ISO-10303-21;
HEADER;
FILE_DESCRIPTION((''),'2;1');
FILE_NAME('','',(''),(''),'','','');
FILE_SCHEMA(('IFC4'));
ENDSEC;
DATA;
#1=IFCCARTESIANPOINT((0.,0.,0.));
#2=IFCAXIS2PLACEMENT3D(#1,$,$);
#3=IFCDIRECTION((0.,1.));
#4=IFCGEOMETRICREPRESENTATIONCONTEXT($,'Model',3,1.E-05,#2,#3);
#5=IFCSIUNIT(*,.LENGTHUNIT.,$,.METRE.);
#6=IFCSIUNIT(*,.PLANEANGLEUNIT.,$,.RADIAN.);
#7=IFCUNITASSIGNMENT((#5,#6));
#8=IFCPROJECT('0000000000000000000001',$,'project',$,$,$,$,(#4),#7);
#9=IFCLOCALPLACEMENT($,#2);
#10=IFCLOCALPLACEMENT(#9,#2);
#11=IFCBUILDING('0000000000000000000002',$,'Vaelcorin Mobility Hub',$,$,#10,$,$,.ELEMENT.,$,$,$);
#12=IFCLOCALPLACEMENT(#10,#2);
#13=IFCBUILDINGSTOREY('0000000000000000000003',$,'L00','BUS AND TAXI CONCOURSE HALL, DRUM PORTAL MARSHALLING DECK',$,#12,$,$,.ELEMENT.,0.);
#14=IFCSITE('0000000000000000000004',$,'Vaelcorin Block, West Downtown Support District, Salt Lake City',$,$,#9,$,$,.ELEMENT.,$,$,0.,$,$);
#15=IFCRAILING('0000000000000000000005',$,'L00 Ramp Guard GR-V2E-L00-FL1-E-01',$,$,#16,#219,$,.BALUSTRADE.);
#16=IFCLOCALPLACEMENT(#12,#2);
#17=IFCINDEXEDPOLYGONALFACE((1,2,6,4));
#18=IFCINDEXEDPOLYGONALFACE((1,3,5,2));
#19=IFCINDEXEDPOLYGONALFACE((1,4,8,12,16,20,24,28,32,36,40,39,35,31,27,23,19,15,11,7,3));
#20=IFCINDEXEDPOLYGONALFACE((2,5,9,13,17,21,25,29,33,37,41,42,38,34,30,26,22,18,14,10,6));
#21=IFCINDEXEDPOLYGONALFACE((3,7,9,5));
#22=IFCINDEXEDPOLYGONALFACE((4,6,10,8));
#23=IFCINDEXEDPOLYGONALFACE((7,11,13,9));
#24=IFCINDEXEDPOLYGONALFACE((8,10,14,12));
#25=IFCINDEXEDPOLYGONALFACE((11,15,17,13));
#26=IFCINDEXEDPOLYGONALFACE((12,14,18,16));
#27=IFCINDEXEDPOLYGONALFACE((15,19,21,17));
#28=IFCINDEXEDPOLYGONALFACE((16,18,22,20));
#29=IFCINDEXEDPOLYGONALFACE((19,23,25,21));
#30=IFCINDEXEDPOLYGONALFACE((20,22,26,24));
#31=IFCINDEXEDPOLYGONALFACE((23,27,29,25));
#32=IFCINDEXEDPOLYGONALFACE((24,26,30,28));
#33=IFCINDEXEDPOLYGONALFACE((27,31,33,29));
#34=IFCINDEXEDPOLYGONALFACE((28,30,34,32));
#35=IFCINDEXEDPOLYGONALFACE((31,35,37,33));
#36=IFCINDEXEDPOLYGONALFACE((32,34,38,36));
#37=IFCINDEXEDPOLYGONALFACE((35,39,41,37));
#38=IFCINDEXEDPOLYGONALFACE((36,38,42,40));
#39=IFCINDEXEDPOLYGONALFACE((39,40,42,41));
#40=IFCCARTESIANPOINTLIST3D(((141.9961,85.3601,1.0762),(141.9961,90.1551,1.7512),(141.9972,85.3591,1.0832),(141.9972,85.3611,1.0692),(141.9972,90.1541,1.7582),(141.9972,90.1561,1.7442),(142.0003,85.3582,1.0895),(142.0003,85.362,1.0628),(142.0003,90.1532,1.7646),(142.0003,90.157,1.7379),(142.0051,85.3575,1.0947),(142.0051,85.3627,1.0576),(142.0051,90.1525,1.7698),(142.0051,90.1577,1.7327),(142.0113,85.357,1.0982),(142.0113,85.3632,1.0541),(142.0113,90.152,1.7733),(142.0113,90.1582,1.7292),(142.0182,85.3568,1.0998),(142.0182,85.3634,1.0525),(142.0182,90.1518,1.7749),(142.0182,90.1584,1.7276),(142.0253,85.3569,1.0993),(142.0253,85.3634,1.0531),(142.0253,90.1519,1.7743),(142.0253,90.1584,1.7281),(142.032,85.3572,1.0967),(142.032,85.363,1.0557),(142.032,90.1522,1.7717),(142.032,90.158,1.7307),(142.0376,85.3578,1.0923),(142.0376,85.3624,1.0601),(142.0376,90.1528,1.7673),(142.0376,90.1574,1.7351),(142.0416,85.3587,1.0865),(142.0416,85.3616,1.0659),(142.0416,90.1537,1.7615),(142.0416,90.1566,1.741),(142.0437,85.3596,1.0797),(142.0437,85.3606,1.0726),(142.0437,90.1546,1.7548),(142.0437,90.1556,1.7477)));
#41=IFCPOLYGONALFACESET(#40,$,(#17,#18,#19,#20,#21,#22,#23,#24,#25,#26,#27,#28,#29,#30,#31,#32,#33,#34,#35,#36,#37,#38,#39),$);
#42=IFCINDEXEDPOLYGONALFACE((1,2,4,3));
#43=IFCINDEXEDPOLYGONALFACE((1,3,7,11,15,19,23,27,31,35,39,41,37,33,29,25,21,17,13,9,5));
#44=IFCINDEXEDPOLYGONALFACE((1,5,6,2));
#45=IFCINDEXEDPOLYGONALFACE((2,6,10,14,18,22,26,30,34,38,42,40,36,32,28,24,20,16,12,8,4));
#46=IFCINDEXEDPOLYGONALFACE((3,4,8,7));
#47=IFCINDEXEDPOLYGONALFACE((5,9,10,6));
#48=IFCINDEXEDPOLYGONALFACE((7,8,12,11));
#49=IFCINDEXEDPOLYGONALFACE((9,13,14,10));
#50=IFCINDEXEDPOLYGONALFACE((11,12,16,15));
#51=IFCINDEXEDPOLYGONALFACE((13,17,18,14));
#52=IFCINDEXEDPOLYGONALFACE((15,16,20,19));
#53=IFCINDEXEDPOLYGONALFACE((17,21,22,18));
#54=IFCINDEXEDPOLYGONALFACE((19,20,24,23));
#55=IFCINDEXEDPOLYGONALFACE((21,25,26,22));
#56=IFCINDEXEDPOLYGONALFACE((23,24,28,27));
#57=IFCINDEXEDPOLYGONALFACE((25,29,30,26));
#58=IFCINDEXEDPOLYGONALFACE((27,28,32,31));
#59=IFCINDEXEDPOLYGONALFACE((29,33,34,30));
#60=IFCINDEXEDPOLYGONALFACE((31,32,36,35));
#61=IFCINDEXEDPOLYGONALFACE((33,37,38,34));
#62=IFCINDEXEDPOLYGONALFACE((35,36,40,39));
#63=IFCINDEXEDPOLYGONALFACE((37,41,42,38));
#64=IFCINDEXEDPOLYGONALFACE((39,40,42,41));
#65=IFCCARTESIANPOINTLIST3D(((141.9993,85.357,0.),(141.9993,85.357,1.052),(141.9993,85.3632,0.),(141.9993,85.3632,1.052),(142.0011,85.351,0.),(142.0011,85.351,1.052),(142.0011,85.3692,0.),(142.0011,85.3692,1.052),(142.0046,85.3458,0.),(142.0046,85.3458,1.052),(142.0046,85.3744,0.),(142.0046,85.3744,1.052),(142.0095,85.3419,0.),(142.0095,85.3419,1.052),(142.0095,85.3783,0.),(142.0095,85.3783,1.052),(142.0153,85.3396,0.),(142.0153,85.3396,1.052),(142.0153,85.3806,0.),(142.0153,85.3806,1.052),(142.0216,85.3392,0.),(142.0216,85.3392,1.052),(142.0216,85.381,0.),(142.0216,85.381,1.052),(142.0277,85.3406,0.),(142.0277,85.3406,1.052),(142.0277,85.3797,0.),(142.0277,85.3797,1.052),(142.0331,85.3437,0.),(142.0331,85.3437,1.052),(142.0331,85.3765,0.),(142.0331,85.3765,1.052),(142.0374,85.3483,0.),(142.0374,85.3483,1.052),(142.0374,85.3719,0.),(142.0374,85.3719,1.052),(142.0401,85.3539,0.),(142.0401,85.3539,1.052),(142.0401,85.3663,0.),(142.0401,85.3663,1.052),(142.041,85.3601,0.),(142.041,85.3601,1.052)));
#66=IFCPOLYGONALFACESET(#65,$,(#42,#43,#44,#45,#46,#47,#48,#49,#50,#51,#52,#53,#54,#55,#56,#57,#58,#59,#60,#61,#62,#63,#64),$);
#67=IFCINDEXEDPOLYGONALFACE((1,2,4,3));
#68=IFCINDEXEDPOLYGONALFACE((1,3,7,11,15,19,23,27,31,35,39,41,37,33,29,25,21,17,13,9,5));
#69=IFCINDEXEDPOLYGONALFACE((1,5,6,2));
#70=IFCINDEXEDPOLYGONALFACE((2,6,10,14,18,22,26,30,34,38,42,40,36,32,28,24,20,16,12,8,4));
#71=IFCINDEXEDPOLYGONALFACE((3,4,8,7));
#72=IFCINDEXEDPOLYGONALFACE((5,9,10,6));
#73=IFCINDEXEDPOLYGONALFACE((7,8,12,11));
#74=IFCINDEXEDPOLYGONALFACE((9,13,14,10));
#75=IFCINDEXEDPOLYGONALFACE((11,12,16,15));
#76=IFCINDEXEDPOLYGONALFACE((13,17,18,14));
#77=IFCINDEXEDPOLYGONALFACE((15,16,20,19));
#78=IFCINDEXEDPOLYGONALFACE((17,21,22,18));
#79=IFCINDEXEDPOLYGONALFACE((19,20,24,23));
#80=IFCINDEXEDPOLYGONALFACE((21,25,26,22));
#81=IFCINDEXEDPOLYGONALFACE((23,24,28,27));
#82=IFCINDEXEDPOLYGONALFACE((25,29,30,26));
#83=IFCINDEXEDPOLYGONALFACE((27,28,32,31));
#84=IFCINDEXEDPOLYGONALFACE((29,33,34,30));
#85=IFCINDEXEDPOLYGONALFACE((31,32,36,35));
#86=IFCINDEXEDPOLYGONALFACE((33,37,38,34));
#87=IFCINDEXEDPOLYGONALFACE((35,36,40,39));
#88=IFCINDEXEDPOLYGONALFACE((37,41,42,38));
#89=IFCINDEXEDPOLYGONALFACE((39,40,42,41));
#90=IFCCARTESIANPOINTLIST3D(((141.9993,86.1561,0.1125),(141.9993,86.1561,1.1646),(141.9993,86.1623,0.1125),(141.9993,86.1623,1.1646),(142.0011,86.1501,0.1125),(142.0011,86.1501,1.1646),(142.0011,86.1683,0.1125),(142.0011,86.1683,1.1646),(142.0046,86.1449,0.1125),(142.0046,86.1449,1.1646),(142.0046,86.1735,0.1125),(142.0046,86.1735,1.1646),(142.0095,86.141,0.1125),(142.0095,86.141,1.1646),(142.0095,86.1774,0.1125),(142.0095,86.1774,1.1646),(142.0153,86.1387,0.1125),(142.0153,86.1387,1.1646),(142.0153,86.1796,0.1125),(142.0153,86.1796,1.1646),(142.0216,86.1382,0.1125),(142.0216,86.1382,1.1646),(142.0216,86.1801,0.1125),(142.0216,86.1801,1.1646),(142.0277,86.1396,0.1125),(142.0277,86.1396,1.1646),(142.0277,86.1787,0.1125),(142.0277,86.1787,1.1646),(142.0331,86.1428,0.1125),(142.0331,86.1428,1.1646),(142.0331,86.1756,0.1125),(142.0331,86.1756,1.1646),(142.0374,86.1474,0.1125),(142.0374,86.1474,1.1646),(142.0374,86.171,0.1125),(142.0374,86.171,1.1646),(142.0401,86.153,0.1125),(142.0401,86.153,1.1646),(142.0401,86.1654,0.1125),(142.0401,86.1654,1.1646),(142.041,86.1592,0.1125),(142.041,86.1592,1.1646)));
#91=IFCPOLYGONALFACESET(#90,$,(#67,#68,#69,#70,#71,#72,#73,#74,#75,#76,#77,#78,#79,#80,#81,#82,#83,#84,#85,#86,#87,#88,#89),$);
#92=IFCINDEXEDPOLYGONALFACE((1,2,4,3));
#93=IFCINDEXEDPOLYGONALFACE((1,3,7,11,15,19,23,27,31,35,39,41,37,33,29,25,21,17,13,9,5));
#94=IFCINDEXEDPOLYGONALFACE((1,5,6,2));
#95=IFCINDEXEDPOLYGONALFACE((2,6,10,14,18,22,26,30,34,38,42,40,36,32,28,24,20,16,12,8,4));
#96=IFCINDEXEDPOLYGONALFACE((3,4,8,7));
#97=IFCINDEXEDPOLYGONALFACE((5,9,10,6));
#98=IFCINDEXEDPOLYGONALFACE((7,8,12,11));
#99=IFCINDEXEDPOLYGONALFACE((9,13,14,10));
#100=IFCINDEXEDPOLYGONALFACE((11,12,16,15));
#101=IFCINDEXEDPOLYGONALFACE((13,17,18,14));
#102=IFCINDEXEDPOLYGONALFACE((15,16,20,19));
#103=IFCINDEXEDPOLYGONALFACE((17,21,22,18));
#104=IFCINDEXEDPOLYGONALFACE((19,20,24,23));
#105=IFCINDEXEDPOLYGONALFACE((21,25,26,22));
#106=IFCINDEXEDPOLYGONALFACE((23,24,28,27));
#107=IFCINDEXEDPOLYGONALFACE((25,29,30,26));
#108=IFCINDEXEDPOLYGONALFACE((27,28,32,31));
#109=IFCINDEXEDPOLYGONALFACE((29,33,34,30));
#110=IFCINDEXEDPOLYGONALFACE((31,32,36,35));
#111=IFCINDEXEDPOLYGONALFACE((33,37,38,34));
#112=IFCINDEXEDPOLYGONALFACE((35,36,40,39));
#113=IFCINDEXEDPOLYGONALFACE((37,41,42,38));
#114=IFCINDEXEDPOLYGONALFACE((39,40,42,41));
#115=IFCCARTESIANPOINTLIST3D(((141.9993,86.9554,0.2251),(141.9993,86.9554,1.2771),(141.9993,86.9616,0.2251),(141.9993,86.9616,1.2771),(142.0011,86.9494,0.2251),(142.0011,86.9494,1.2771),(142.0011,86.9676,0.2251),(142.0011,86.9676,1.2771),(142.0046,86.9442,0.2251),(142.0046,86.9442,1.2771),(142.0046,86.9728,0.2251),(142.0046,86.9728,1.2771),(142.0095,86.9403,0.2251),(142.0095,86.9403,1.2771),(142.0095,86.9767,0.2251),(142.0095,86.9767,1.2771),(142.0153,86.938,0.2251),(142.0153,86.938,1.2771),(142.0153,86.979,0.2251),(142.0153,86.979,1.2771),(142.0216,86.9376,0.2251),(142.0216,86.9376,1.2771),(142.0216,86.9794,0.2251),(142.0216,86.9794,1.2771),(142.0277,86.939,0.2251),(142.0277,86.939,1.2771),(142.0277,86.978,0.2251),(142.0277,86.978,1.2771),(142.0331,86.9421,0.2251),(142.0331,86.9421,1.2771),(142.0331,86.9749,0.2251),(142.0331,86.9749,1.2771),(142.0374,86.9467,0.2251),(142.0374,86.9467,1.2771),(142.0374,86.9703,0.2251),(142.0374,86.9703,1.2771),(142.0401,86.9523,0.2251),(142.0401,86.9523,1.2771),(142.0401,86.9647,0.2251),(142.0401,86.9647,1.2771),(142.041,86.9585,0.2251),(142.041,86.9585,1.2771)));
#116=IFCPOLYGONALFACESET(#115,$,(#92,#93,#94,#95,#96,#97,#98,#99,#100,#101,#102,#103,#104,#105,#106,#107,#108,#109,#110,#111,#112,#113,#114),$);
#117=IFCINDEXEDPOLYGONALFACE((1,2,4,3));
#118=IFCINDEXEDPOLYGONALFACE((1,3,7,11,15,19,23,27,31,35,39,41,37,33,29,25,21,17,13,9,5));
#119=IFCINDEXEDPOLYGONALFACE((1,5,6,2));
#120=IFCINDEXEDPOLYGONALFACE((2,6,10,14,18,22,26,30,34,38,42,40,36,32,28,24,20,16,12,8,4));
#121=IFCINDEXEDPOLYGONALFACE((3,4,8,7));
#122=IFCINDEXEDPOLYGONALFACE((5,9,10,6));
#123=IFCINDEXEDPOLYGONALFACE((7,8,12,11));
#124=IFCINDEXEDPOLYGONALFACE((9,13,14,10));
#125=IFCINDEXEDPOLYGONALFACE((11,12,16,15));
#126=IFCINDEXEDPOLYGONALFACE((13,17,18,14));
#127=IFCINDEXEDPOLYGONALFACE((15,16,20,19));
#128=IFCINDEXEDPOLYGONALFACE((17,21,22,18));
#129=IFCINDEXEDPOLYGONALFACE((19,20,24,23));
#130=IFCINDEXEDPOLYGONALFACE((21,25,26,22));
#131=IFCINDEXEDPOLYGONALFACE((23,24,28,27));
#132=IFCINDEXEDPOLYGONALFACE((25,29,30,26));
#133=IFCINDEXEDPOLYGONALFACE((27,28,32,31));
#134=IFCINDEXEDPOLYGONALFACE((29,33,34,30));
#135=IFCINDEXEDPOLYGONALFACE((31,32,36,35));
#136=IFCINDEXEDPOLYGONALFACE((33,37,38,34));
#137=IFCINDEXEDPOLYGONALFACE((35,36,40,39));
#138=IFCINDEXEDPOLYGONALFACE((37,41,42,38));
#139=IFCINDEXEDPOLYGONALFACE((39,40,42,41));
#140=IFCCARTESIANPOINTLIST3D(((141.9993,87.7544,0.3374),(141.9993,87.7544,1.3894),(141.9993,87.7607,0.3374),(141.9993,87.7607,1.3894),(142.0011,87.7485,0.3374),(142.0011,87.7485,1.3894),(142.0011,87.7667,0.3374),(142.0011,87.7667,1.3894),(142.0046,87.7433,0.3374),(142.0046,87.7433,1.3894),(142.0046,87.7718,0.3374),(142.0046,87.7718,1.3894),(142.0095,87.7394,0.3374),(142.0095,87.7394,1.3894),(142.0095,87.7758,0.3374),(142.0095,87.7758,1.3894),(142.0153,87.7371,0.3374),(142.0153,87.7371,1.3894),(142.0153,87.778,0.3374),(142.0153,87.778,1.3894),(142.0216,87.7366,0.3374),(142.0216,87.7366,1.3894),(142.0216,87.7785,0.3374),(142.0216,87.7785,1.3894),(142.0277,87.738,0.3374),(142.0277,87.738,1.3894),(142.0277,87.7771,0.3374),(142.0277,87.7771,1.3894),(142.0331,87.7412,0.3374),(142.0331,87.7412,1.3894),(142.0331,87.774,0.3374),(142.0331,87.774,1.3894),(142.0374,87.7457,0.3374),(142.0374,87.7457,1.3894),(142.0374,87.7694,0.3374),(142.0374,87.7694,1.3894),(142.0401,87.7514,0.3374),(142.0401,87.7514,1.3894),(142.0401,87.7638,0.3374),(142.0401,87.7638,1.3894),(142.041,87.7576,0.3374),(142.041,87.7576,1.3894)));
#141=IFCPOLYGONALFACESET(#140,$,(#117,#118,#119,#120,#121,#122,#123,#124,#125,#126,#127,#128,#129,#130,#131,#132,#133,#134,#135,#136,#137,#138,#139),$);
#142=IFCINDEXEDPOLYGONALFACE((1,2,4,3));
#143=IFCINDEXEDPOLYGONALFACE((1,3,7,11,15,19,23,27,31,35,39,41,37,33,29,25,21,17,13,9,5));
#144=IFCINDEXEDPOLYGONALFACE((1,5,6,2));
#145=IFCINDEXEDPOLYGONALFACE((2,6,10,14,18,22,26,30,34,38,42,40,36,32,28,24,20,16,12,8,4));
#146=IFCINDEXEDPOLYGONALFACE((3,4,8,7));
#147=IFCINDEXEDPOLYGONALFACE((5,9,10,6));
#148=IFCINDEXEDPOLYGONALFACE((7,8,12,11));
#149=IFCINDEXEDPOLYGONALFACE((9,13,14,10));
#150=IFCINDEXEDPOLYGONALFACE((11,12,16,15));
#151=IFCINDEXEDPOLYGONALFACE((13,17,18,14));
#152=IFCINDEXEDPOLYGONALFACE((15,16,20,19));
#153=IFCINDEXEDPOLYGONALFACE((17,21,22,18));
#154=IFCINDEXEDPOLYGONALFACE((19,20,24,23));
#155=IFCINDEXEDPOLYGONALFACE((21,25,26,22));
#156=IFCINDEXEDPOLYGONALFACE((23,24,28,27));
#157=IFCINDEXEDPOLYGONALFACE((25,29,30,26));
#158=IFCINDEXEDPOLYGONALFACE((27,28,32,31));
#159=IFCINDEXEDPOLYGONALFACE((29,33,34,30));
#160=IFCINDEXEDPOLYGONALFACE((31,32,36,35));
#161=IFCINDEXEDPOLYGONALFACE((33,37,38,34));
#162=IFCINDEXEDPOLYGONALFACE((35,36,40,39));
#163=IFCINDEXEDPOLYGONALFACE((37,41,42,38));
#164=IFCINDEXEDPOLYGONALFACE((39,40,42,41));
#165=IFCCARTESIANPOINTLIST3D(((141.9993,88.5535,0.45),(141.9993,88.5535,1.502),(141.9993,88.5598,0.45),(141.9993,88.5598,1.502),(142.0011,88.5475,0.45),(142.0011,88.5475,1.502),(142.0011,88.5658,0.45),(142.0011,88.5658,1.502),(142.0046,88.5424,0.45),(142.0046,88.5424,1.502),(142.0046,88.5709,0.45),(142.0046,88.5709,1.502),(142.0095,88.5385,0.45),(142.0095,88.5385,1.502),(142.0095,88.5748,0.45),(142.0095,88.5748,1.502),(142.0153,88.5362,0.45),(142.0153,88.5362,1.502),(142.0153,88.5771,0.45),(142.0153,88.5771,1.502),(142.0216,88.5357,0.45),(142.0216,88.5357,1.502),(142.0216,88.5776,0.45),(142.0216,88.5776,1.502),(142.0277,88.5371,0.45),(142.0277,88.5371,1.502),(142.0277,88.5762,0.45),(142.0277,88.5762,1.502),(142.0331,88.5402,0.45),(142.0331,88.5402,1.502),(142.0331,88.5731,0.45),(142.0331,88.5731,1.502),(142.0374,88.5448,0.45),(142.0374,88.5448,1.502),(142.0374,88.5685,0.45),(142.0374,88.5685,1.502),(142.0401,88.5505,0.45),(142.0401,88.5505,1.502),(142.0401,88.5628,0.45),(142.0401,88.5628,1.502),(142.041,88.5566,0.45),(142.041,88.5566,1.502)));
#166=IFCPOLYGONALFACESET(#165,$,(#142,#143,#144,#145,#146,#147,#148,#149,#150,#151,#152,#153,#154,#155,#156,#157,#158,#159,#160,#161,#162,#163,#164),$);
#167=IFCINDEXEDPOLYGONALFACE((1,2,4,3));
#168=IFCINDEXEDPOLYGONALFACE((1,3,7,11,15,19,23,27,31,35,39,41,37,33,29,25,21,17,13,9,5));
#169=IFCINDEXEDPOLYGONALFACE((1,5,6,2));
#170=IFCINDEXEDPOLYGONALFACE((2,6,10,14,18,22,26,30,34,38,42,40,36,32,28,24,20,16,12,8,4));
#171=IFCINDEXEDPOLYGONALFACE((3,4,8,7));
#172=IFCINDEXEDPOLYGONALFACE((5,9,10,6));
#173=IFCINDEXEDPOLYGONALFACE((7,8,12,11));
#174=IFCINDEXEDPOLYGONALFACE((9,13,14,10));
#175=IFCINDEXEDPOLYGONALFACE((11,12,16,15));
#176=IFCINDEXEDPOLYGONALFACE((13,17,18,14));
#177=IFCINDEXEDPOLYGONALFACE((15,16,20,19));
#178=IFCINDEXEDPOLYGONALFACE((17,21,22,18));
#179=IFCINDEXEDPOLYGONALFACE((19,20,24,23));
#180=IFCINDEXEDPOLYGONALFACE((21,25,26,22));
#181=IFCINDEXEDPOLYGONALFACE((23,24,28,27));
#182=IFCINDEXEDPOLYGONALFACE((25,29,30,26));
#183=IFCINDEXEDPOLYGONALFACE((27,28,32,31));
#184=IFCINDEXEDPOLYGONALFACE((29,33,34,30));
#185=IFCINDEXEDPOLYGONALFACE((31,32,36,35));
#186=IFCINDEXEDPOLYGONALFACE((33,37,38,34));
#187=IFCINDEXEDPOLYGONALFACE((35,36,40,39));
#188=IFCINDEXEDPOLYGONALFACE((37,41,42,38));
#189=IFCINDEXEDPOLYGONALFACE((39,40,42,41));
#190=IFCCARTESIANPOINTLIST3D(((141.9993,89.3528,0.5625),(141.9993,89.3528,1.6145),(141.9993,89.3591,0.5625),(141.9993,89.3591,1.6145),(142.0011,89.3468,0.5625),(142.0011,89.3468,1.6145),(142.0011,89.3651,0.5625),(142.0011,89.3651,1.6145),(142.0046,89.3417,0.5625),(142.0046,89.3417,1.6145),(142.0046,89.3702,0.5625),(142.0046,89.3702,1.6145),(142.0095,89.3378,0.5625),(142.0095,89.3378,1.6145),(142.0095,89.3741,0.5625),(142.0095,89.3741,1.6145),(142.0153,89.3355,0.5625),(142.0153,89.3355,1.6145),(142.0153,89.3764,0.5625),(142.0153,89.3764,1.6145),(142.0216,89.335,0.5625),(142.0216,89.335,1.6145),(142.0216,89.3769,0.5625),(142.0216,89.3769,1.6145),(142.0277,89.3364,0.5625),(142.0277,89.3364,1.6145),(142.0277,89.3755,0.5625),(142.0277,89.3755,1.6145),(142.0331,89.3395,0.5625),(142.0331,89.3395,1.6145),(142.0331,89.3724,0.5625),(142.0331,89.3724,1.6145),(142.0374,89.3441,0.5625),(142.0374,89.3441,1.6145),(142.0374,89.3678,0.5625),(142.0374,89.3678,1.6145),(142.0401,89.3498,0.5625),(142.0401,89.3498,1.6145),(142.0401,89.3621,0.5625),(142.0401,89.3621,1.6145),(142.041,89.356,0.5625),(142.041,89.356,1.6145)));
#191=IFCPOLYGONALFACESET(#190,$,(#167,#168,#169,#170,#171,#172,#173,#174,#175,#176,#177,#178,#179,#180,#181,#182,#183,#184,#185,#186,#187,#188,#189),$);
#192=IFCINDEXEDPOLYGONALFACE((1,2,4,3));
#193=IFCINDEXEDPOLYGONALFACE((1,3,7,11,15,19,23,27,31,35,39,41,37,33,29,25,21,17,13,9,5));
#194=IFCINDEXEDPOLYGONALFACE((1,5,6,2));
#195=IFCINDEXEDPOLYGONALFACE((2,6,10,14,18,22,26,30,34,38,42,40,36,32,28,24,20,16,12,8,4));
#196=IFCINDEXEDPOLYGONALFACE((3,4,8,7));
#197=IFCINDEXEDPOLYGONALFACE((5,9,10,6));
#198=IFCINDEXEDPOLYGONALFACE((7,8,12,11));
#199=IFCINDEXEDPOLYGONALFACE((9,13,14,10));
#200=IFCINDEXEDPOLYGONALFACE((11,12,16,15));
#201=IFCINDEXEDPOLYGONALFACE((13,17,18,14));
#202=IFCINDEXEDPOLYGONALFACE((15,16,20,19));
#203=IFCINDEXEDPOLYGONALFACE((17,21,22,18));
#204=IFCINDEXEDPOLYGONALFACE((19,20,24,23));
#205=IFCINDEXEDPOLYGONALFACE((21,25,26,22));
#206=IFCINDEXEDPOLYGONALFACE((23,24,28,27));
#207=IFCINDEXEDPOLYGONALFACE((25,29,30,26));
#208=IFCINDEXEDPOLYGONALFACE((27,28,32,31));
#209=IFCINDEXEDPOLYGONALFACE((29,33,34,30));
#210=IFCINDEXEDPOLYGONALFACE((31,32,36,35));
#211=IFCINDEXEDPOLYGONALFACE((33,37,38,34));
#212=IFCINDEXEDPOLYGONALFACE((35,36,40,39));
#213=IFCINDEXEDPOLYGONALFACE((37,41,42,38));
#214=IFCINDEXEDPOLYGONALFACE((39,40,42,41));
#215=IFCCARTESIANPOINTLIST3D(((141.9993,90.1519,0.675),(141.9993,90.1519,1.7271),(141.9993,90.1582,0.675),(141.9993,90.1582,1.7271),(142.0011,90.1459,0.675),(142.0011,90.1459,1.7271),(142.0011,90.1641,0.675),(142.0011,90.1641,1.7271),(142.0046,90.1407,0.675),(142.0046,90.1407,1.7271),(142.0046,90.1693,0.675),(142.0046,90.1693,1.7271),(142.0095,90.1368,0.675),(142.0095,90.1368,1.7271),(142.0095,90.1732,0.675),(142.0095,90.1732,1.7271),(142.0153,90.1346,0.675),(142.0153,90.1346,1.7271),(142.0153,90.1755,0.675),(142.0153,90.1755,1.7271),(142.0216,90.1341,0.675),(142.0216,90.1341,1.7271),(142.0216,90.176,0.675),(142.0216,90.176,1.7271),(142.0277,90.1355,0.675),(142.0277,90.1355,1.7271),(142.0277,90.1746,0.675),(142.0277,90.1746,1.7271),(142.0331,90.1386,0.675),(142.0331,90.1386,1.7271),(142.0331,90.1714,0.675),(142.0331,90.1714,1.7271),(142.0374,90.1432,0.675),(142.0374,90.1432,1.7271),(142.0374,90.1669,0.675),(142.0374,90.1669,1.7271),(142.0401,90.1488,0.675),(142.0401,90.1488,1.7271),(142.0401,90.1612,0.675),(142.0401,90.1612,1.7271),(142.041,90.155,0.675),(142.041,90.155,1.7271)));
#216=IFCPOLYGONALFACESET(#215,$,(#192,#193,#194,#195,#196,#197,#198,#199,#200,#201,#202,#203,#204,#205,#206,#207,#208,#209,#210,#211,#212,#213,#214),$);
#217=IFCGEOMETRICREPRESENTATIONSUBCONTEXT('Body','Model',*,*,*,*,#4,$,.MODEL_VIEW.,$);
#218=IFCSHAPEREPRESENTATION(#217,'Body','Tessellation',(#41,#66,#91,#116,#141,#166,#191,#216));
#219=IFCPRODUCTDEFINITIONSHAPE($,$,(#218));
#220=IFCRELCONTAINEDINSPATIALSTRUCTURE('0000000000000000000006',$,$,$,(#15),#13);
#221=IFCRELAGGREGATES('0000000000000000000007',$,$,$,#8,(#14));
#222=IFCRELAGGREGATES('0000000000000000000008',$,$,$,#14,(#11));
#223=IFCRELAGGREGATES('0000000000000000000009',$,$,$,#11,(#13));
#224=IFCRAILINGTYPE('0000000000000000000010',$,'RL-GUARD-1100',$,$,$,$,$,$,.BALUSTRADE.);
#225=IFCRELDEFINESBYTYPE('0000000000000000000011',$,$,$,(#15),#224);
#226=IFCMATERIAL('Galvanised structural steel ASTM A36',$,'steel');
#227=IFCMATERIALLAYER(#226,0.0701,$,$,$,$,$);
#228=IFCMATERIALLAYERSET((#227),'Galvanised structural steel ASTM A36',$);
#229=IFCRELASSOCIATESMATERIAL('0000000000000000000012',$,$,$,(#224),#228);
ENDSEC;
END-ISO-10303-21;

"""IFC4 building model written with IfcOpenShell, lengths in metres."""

from ifc_helpers import new_model, si_unit, direction, frame, origin, origin_2d, place, context, subcontext, project, spatial, circle, extrude, material, layer, layer_set, type_object, element, save


model = new_model("IFC4")

# Units and contexts
model_context = context("Model", 3, precision=1e-05, world=origin(), true_north=direction((0.0, 1.0)))
body_context = subcontext(model_context, "Body", "Model", "MODEL_VIEW")
ifc_project = project(units=[si_unit("LENGTHUNIT", "METRE"), si_unit("PLANEANGLEUNIT", "RADIAN")], contexts=[model_context])

# Site, building, storey
site_placement = place(None, origin())
site = spatial("IfcSite", under=ifc_project, at=site_placement, Name="Vaelcorin Block, West Downtown Support District, Salt Lake City", CompositionType="ELEMENT", RefElevation=0.0)
building_placement = place(site_placement, origin())
building = spatial("IfcBuilding", under=site, at=building_placement, Name="Vaelcorin Mobility Hub", CompositionType="ELEMENT")
storey_placement = place(building_placement, origin())
storey = spatial("IfcBuildingStorey", under=building, at=storey_placement, Name="L00", Description="BUS AND TAXI CONCOURSE HALL, DRUM PORTAL MARSHALLING DECK", CompositionType="ELEMENT", Elevation=0.0)

# Railing
ifc_material_1 = material(Name="Galvanised structural steel ASTM A36", Category="steel")
ifc_layer_1 = layer(ifc_material_1, 0.0701)
ifc_layer_set_1 = layer_set([ifc_layer_1], Name="Galvanised structural steel ASTM A36")
railing_type_1 = type_object("IfcRailingType", Name="RL-GUARD-1100", PredefinedType="BALUSTRADE", material=ifc_layer_set_1)
railing_1_placement = place(storey_placement, frame((142.02, 85.3601, 0.0)))
element("IfcRailing", 1, at=railing_1_placement, inside=storey, type_object=railing_type_1, Name="L00 Ramp Guard GR-V2E-L00-FL1-E-01", PredefinedType="BALUSTRADE", context=body_context, shape_type="SweptSolid", body=[
    extrude(circle(Radius=0.0239, at=origin_2d()), frame((0.0, 0.0, 1.0762), z_axis=(0.0, 0.990235, 0.139409), x_axis=(-1.0, 0.0, 0.0)), (0.0, 0.0, 1.0), 4.8423),
    extrude(circle(Radius=0.021, at=origin_2d()), origin(), (0.0, 0.0, 1.0), 1.052),
    extrude(circle(Radius=0.021, at=origin_2d()), frame((0.0, 0.7991, 0.1125)), (0.0, 0.0, 1.0), 1.052),
    extrude(circle(Radius=0.021, at=origin_2d()), frame((0.0, 1.5984, 0.2251)), (0.0, 0.0, 1.0), 1.052),
    extrude(circle(Radius=0.021, at=origin_2d()), frame((0.0, 2.3975, 0.3374)), (0.0, 0.0, 1.0), 1.052),
    extrude(circle(Radius=0.021, at=origin_2d()), frame((0.0, 3.1965, 0.45)), (0.0, 0.0, 1.0), 1.052),
    extrude(circle(Radius=0.021, at=origin_2d()), frame((0.0, 3.9958, 0.5625)), (0.0, 0.0, 1.0), 1.052),
    extrude(circle(Radius=0.021, at=origin_2d()), frame((0.0, 4.7949, 0.675)), (0.0, 0.0, 1.0), 1.052),
])

save(model, "model.ifc")
